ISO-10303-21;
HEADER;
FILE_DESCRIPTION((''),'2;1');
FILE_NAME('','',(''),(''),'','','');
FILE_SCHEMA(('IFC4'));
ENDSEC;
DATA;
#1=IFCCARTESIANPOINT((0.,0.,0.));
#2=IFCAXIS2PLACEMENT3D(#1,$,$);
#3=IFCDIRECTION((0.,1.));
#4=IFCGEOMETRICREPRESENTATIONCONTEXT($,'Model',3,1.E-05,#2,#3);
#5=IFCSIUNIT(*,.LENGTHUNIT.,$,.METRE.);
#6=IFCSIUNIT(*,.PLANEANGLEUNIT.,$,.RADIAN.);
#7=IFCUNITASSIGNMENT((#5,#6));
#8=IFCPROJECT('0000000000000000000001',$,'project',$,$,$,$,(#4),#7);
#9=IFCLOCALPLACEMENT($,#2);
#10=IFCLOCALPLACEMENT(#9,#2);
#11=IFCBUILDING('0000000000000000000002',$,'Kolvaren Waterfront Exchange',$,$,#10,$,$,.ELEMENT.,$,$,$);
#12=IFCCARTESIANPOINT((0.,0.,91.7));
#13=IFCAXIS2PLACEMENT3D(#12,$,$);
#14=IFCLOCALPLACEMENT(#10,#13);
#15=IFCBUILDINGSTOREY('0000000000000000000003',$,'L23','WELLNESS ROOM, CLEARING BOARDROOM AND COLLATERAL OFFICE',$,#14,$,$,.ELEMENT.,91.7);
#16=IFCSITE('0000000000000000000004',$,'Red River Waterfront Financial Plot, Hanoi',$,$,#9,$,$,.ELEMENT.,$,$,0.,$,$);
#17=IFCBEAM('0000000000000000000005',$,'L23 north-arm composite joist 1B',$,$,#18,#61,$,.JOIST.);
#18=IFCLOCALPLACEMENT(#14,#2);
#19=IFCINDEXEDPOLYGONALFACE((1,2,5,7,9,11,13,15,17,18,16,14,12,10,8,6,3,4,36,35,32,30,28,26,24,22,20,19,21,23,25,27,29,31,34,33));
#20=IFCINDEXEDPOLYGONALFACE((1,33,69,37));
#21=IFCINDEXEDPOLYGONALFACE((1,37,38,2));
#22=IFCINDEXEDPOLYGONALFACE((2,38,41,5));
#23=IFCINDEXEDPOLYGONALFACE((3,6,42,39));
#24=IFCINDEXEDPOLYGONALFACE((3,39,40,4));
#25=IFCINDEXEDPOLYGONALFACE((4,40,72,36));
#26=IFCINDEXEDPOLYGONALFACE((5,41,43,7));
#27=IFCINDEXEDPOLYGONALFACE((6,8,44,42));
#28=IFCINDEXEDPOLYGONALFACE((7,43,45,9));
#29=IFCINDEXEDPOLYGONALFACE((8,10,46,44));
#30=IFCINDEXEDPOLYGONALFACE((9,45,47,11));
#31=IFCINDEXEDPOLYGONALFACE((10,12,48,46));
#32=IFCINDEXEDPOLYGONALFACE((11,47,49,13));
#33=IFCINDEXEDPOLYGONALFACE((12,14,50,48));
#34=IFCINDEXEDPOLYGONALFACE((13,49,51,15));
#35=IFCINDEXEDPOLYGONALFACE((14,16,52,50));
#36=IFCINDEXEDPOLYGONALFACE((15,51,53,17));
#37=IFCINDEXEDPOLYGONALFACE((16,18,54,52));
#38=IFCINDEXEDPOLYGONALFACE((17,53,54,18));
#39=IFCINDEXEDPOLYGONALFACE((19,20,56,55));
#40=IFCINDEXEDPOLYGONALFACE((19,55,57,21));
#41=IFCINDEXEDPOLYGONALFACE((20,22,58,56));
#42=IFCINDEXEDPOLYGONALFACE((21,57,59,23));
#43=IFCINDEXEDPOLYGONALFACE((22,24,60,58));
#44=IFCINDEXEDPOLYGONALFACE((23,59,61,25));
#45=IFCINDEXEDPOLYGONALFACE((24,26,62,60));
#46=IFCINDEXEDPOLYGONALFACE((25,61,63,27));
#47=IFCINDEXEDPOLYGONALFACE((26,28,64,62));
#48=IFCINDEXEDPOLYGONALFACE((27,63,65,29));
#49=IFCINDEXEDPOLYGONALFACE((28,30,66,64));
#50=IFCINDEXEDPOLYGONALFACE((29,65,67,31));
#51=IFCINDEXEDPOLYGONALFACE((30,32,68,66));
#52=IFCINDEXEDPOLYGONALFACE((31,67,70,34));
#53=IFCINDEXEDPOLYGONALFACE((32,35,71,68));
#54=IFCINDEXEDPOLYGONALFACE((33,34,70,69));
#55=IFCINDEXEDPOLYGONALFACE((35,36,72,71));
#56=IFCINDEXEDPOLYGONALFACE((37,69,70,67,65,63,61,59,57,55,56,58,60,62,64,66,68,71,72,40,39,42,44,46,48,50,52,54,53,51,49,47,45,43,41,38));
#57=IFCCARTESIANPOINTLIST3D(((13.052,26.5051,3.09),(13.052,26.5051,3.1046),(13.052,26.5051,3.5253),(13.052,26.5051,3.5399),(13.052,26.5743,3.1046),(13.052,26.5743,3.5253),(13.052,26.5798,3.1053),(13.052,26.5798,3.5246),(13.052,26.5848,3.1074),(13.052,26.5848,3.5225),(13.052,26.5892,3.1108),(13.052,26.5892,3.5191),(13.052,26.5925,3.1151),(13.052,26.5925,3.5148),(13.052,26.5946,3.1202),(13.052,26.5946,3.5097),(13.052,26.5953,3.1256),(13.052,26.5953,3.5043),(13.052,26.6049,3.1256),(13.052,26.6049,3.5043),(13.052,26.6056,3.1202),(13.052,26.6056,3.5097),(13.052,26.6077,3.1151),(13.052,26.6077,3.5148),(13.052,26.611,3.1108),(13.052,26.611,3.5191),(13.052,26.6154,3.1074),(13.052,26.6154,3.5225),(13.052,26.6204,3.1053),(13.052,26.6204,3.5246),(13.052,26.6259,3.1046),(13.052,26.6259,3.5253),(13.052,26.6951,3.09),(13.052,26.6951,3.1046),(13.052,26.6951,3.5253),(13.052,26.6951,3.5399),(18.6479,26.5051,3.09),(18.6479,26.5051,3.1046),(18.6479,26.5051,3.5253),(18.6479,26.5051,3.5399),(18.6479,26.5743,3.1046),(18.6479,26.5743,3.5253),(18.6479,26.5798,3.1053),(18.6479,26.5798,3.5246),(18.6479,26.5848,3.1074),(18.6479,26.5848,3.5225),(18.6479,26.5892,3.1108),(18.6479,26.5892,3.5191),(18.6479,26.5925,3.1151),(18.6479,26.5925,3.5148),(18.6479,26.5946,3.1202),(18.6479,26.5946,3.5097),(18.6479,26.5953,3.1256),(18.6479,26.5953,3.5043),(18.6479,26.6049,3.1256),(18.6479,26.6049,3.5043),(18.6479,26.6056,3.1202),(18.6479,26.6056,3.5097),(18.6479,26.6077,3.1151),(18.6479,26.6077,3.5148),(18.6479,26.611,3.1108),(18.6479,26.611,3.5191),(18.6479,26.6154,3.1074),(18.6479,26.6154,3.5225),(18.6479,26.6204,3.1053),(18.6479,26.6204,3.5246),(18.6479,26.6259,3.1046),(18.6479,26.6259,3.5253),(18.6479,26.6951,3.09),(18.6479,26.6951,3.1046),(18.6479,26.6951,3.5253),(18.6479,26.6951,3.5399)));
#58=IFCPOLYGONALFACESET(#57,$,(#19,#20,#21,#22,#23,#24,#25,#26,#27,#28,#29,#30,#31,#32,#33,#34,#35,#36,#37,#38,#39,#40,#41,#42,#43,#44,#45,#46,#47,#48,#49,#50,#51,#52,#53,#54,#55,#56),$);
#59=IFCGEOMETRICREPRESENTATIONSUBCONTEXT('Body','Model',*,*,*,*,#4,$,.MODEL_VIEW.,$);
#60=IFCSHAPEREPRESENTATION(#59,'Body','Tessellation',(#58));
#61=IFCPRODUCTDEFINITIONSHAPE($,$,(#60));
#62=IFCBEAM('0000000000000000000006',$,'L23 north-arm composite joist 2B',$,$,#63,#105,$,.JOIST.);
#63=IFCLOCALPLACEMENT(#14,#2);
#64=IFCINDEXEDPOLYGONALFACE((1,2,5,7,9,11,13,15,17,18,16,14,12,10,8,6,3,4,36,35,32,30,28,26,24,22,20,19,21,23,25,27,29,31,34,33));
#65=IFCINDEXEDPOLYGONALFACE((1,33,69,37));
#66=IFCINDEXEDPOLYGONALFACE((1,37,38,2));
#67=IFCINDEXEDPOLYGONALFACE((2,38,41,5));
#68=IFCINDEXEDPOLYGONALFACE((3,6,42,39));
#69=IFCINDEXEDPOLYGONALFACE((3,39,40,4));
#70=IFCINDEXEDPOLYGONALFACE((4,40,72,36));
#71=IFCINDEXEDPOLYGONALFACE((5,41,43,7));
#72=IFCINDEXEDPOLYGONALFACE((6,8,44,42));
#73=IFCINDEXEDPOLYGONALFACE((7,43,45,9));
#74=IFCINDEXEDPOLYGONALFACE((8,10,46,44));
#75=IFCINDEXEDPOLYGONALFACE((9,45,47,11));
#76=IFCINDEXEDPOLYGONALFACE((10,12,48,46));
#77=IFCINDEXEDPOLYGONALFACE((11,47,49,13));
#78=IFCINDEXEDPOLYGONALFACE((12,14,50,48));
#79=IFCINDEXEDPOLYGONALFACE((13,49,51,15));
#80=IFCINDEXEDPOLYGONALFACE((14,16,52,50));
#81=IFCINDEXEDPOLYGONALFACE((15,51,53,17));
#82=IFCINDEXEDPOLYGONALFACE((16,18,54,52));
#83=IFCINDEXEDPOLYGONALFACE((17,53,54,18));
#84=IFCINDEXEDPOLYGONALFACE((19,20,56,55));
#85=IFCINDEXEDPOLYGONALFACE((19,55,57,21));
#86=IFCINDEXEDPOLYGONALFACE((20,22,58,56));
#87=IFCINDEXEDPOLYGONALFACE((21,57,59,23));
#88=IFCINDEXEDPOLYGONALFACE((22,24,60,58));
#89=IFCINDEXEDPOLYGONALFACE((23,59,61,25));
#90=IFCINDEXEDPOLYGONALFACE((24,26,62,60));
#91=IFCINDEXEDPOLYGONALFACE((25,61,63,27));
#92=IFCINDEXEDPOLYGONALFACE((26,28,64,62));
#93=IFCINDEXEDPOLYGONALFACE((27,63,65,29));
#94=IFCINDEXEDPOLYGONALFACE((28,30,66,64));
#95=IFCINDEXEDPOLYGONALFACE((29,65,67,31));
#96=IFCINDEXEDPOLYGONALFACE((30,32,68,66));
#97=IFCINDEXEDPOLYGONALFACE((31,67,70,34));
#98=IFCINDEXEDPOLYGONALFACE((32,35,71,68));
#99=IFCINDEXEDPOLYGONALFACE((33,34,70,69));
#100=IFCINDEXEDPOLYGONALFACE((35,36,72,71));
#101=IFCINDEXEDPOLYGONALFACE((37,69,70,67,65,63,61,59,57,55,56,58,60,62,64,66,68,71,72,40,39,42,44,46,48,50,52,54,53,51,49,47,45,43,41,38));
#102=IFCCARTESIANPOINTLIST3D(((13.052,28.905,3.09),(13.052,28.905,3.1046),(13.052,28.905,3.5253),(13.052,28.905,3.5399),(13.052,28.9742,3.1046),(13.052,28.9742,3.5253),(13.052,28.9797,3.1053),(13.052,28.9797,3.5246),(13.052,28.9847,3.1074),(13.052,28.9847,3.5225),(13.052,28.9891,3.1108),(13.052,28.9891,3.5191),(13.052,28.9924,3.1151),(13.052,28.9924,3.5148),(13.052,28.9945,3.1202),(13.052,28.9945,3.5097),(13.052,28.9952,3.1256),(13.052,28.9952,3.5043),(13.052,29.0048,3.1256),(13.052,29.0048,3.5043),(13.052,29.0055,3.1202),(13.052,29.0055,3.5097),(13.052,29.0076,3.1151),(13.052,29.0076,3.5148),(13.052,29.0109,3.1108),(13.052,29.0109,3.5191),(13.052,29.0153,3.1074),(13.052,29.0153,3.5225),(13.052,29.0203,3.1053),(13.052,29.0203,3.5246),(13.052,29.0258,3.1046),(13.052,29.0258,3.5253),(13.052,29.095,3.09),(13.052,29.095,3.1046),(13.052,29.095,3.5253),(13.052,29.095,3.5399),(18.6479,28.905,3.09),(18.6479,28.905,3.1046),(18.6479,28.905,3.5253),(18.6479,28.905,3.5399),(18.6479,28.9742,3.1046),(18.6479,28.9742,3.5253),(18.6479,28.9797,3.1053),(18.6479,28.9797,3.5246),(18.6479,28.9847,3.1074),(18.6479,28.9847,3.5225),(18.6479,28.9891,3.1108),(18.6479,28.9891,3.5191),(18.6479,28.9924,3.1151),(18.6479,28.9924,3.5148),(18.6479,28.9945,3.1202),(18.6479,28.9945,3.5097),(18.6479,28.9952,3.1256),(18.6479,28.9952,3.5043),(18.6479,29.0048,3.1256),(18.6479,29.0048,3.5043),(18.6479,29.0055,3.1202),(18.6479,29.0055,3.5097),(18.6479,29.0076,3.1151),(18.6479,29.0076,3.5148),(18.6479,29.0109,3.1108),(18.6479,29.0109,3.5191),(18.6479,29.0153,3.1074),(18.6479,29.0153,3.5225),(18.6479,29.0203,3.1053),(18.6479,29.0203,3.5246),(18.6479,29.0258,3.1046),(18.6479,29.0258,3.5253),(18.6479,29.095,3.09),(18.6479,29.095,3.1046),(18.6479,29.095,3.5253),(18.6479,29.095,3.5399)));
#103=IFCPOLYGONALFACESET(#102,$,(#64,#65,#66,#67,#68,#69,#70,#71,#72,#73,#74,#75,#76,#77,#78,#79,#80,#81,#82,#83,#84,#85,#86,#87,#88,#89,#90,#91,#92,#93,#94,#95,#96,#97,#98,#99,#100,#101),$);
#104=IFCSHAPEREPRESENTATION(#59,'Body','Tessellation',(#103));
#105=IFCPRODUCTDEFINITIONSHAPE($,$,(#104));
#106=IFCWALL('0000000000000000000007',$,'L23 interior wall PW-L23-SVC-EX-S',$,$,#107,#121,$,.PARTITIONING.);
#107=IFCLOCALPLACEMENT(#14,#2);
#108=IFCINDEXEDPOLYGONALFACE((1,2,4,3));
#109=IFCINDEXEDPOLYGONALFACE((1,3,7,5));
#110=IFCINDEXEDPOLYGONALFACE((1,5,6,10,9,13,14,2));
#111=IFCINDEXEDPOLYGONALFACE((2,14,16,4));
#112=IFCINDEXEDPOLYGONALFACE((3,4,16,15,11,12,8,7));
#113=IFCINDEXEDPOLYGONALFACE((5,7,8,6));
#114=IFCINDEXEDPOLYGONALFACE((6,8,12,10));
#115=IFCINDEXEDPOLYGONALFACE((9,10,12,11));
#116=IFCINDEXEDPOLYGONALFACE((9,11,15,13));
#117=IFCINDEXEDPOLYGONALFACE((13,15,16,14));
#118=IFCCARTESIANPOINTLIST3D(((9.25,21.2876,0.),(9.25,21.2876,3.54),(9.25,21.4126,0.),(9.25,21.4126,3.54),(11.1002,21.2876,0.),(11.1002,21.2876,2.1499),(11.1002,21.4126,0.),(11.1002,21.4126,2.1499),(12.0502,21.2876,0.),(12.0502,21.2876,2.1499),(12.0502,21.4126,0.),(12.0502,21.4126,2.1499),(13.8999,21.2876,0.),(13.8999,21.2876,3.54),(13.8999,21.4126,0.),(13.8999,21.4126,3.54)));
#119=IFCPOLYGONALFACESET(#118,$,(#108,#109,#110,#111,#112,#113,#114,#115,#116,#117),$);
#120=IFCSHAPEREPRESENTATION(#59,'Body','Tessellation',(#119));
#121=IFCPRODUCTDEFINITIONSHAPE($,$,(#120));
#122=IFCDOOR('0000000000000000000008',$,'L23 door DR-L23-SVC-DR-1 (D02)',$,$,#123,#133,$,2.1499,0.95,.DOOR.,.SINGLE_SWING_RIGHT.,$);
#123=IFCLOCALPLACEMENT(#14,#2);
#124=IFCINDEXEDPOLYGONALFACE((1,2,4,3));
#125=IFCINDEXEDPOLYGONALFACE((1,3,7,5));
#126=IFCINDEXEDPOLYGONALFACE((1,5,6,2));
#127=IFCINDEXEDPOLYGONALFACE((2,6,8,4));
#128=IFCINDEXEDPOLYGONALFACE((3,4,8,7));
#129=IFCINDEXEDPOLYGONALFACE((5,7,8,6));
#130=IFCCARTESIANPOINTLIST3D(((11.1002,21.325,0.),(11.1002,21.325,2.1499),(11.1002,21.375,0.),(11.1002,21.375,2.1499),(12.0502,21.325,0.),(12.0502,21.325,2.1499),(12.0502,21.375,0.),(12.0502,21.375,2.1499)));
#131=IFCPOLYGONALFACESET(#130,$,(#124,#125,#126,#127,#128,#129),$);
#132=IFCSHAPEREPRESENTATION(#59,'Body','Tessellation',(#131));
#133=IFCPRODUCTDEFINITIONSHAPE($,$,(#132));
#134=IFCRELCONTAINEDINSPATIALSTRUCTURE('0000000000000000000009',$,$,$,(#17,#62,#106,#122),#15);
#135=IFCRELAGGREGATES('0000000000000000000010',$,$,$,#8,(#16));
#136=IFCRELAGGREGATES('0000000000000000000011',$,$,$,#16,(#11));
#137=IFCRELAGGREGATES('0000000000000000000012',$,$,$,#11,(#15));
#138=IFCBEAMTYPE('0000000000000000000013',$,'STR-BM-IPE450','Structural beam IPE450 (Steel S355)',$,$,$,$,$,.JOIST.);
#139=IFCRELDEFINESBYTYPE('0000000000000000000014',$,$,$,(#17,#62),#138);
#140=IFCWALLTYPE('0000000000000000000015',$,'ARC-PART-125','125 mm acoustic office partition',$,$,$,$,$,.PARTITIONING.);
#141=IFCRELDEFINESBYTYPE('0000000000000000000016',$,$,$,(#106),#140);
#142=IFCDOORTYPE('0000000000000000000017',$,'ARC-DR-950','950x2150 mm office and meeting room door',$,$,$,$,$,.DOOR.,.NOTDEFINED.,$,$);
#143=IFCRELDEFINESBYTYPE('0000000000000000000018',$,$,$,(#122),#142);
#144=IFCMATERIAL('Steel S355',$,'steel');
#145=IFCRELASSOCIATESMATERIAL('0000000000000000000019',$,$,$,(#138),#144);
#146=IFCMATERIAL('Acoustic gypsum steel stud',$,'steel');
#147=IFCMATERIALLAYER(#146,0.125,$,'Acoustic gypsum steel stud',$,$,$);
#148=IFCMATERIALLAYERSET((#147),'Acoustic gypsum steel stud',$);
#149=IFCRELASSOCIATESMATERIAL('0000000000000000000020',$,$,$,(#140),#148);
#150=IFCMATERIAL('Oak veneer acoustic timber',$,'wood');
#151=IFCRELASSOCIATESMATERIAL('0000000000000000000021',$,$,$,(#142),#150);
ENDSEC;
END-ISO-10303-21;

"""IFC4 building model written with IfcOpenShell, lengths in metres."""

from ifc_helpers import new_model, si_unit, direction, frame, frame_2d, origin, origin_2d, place, context, subcontext, project, spatial, rectangle, i_section, extrude, material, layer, layer_set, material_profile, profile_set, type_object, element, fill, save


model = new_model("IFC4")

# Units and contexts
model_context = context("Model", 3, precision=1e-05, world=origin(), true_north=direction((0.0, 1.0)))
body_context = subcontext(model_context, "Body", "Model", "MODEL_VIEW")
ifc_project = project(units=[si_unit("LENGTHUNIT", "METRE"), si_unit("PLANEANGLEUNIT", "RADIAN")], contexts=[model_context])

# Site, building, storey
site_placement = place(None, origin())
site = spatial("IfcSite", under=ifc_project, at=site_placement, Name="Red River Waterfront Financial Plot, Hanoi", CompositionType="ELEMENT", RefElevation=0.0)
building_placement = place(site_placement, origin())
building = spatial("IfcBuilding", under=site, at=building_placement, Name="Kolvaren Waterfront Exchange", CompositionType="ELEMENT")
storey_placement = place(building_placement, frame((0.0, 0.0, 91.7)))
storey = spatial("IfcBuildingStorey", under=building, at=storey_placement, Name="L23", Description="WELLNESS ROOM, CLEARING BOARDROOM AND COLLATERAL OFFICE", CompositionType="ELEMENT", Elevation=91.7)

# Beams
ifc_material_1 = material(Name="Steel S355", Category="steel")
ifc_material_profile_1 = material_profile(ifc_material_1, i_section(OverallWidth=0.1899, OverallDepth=0.45, WebThickness=0.0095, FlangeThickness=0.0146, FilletRadius=0.021, at=origin_2d()), Name="IPE450")
ifc_profile_set_1 = profile_set([ifc_material_profile_1], Name="Steel S355")
beam_type_1 = type_object("IfcBeamType", Name="STR-BM-IPE450", Description="Structural beam IPE450 (Steel S355)", PredefinedType="JOIST", material=ifc_profile_set_1)
for number, where, z_axis, x_axis, name in (
    (1, (13.052, 26.6001, 3.3149), (1.0, 0.0, 0.0), (0.0, 1.0, 0.0), "L23 north-arm composite joist 1B"),
    (2, (13.052, 29.0, 3.3149), (1.0, 0.0, 0.0), (0.0, 1.0, 0.0), "L23 north-arm composite joist 2B"),
):
    element("IfcBeam", number, at=place(storey_placement, frame(where, z_axis=z_axis, x_axis=x_axis)), inside=storey, type_object=beam_type_1, Name=name, PredefinedType="JOIST", context=body_context, shape_type="SweptSolid", body=[
        extrude(i_section(OverallWidth=0.1899, OverallDepth=0.45, WebThickness=0.0095, FlangeThickness=0.0146, FilletRadius=0.021, at=origin_2d()), origin(), (0.0, 0.0, 1.0), 5.5959),
    ])

# Wall, opening, door
ifc_material_2 = material(Name="Acoustic gypsum steel stud", Category="steel")
ifc_layer_1 = layer(ifc_material_2, 0.125, Name="Acoustic gypsum steel stud")
ifc_layer_set_1 = layer_set([ifc_layer_1], Name="Acoustic gypsum steel stud")
wall_type_1 = type_object("IfcWallType", Name="ARC-PART-125", Description="125 mm acoustic office partition", PredefinedType="PARTITIONING", material=ifc_layer_set_1)
wall_1_placement = place(storey_placement, frame((9.25, 21.3501, 0.0), z_axis=(0.0, 0.0, 1.0), x_axis=(1.0, 0.0, 0.0)))
wall_1 = element("IfcWall", 3, at=wall_1_placement, inside=storey, type_object=wall_type_1, Name="L23 interior wall PW-L23-SVC-EX-S", PredefinedType="PARTITIONING", context=body_context, shape_type="SweptSolid", body=[
    extrude(rectangle(XDim=4.6499, YDim=0.125, at=frame_2d((2.325, 0.0))), origin(), (0.0, 0.0, 1.0), 3.54),
])
opening_1_placement = place(wall_1_placement, frame((1.8501, 0.0, 0.0)))
opening_1 = element("IfcOpeningElement", 4, at=opening_1_placement, cuts=wall_1, PredefinedType="OPENING", context=body_context, shape_type="SweptSolid", body=[
    extrude(rectangle(XDim=0.95, YDim=2.1499, at=frame_2d((0.4751, 1.075))), frame((0.0, 0.0725, 0.0), z_axis=(0.0, -1.0, 0.0), x_axis=(1.0, 0.0, 0.0)), (0.0, 0.0, 1.0), 0.145),
])
ifc_material_3 = material(Name="Oak veneer acoustic timber", Category="wood")
door_type = type_object("IfcDoorType", Name="ARC-DR-950", Description="950x2150 mm office and meeting room door", OperationType="NOTDEFINED", PredefinedType="DOOR", material=ifc_material_3)
door_1_placement = place(opening_1_placement, origin())
door_1 = element("IfcDoor", 5, at=door_1_placement, inside=storey, type_object=door_type, Name="L23 door DR-L23-SVC-DR-1 (D02)", OperationType="SINGLE_SWING_RIGHT", OverallHeight=2.1499, OverallWidth=0.95, PredefinedType="DOOR", context=body_context, shape_type="SweptSolid", body=[
    extrude(rectangle(XDim=0.95, YDim=2.1499, at=frame_2d((0.4751, 1.075))), frame((0.0, 0.0249, 0.0), z_axis=(0.0, -1.0, 0.0), x_axis=(1.0, 0.0, 0.0)), (0.0, 0.0, 1.0), 0.05),
])
fill(opening_1, door_1)

save(model, "model.ifc")
